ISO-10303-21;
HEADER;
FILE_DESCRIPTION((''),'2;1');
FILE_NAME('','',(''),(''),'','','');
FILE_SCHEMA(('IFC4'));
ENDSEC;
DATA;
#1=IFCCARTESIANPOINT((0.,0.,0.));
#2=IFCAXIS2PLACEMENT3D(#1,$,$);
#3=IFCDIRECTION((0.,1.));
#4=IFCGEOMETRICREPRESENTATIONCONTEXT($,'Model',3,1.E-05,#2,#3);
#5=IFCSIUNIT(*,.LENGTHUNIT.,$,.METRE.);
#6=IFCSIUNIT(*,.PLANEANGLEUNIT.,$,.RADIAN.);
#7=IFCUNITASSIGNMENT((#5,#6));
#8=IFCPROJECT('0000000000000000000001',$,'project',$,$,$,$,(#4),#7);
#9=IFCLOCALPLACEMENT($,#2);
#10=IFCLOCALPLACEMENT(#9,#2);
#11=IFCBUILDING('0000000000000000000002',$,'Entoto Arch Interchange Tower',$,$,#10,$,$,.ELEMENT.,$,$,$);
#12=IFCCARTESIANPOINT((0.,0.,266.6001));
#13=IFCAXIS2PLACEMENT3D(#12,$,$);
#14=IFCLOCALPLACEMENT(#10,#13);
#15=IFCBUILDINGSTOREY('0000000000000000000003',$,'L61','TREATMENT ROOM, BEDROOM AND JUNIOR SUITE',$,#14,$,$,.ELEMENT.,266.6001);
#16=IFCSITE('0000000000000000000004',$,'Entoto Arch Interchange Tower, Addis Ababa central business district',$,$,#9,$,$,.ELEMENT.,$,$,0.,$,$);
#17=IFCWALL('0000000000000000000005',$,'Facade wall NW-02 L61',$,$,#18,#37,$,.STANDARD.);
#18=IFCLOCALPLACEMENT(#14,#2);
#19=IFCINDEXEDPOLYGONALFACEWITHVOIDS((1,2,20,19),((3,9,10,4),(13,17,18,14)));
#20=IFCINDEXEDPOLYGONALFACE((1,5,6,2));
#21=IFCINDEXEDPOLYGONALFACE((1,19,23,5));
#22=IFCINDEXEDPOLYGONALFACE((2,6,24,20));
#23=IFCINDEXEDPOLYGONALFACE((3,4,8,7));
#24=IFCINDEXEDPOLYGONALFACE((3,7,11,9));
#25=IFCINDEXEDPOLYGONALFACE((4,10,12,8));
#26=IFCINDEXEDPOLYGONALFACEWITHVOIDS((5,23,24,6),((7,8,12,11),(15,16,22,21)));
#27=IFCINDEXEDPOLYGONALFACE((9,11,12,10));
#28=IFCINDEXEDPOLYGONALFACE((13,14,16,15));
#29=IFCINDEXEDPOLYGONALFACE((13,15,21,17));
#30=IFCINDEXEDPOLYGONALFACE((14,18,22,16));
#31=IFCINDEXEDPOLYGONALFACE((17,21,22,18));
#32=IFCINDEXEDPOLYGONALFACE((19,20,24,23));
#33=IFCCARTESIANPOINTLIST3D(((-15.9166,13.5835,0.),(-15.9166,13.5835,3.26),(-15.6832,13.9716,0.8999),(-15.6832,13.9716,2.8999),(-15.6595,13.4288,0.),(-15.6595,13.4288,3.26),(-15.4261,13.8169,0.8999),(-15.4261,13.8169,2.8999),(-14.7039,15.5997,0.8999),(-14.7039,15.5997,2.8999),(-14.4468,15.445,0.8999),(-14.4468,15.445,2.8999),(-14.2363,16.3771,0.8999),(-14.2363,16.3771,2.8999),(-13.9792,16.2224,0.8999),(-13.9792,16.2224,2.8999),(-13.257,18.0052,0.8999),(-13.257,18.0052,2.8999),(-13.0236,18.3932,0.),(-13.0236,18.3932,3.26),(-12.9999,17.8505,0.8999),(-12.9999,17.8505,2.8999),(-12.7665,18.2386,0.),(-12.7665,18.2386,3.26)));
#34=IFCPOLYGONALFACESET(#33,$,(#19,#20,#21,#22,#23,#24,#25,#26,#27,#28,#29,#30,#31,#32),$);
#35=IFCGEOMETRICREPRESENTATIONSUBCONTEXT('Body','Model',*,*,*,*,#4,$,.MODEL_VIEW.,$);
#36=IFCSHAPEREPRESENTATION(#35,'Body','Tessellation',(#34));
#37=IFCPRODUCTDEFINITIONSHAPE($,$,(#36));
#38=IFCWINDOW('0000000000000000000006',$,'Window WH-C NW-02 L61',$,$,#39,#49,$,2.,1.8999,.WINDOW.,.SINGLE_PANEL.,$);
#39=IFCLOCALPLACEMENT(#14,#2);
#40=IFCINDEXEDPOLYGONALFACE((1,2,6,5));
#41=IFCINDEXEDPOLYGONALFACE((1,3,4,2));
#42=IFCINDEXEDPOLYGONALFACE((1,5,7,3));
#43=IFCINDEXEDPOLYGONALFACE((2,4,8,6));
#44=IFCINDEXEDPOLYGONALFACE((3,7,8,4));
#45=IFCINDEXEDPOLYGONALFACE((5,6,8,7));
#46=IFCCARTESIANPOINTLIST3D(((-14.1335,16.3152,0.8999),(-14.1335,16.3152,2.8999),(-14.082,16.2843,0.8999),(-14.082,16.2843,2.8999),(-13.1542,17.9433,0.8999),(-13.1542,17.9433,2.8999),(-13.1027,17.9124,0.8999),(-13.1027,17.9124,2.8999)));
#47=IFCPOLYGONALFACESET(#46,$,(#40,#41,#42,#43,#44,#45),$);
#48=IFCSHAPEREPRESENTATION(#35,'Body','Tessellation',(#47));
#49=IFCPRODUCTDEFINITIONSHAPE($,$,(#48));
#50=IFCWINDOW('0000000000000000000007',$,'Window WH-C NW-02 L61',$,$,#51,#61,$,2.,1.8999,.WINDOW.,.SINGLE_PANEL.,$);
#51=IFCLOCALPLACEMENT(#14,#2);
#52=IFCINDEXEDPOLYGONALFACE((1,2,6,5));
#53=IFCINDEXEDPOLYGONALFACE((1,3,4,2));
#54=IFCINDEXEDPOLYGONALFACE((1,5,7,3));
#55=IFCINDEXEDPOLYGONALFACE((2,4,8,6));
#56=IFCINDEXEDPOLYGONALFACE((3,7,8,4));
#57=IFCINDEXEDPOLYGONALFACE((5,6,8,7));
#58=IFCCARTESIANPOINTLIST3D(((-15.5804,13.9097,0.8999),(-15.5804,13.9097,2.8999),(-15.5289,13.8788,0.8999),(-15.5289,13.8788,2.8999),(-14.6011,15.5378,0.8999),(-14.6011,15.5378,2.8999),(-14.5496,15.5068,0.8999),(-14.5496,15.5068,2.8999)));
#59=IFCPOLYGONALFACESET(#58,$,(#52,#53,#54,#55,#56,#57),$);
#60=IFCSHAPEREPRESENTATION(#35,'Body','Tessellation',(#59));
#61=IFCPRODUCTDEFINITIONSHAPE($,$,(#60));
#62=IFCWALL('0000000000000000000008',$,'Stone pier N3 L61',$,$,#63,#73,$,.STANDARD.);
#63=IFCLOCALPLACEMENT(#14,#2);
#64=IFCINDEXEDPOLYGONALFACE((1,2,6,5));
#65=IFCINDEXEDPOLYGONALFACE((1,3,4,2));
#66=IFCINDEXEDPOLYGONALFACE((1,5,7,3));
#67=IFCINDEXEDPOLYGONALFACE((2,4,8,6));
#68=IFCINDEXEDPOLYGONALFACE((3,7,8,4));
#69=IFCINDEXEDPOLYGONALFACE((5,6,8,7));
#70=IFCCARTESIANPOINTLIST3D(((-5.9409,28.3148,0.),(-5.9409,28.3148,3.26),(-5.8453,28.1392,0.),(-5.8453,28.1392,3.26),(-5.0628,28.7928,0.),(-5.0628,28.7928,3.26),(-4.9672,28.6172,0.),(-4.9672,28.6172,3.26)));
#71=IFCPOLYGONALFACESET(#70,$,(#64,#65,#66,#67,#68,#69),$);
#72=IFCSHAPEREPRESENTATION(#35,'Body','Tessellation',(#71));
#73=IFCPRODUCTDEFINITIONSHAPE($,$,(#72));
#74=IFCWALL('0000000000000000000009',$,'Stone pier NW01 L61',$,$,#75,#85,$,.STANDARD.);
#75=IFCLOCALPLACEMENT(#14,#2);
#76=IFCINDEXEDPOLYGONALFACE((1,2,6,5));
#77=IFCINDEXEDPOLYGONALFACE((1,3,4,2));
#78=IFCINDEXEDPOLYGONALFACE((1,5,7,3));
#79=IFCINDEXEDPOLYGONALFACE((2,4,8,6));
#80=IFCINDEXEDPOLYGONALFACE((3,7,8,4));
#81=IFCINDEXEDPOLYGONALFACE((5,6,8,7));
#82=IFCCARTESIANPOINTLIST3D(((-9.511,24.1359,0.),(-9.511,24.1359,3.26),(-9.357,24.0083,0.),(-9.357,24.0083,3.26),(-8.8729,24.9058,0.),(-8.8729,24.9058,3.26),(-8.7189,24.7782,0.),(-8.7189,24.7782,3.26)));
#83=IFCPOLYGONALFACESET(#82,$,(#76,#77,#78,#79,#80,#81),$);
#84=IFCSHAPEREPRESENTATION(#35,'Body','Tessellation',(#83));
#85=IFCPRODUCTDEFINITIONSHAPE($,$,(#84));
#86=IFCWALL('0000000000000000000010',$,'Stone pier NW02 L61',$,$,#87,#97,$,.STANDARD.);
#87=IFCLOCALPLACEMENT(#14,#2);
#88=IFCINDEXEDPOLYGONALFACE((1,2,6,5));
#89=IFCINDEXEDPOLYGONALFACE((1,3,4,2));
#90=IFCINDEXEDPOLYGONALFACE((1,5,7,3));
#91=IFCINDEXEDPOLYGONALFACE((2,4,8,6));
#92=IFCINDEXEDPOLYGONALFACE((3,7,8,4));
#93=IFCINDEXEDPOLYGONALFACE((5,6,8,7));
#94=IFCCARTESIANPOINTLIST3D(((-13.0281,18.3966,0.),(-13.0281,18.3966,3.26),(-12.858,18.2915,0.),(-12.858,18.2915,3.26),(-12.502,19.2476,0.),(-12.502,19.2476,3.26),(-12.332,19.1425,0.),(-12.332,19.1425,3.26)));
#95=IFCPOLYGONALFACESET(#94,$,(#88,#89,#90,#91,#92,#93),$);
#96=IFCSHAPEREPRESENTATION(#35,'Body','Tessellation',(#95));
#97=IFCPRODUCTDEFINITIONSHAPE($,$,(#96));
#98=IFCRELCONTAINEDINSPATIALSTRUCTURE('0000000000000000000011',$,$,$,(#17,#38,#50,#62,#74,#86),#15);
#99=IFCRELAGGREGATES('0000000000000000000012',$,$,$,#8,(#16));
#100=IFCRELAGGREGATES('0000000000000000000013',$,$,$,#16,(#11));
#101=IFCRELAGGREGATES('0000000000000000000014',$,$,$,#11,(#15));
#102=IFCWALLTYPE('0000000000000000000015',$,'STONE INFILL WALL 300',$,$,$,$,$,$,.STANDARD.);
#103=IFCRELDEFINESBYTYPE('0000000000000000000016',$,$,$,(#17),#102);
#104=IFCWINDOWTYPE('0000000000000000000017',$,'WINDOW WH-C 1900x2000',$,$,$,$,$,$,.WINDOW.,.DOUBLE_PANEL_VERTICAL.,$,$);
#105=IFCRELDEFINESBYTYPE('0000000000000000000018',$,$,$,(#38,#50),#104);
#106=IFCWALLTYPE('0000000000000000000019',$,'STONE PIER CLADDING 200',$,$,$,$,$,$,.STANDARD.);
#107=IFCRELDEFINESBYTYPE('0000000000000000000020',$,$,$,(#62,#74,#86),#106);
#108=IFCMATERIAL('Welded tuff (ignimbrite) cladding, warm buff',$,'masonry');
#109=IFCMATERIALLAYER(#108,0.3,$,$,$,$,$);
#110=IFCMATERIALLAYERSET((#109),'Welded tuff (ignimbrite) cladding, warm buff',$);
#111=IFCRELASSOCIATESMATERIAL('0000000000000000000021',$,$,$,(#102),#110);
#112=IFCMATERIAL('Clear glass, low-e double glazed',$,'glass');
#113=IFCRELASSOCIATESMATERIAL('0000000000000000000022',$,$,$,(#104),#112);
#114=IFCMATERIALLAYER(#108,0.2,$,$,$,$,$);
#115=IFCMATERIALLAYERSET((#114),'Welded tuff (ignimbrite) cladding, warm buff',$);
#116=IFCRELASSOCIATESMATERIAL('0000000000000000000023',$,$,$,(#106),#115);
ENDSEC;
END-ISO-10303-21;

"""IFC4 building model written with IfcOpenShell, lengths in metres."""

from ifc_helpers import new_model, si_unit, direction, frame, frame_2d, origin, place, context, subcontext, project, spatial, rectangle, extrude, material, layer, layer_set, type_object, element, fill, save


model = new_model("IFC4")

# Units and contexts
model_context = context("Model", 3, precision=1e-05, world=origin(), true_north=direction((0.0, 1.0)))
body_context = subcontext(model_context, "Body", "Model", "MODEL_VIEW")
ifc_project = project(units=[si_unit("LENGTHUNIT", "METRE"), si_unit("PLANEANGLEUNIT", "RADIAN")], contexts=[model_context])

# Site, building, storey
site_placement = place(None, origin())
site = spatial("IfcSite", under=ifc_project, at=site_placement, Name="Entoto Arch Interchange Tower, Addis Ababa central business district", CompositionType="ELEMENT", RefElevation=0.0)
building_placement = place(site_placement, origin())
building = spatial("IfcBuilding", under=site, at=building_placement, Name="Entoto Arch Interchange Tower", CompositionType="ELEMENT")
storey_placement = place(building_placement, frame((0.0, 0.0, 266.6001)))
storey = spatial("IfcBuildingStorey", under=building, at=storey_placement, Name="L61", Description="TREATMENT ROOM, BEDROOM AND JUNIOR SUITE", CompositionType="ELEMENT", Elevation=266.6001)

# Shared definitions
ifc_material_1 = material(Name="Welded tuff (ignimbrite) cladding, warm buff", Category="masonry")
ifc_layer_1 = layer(ifc_material_1, 0.3)
ifc_layer_set_1 = layer_set([ifc_layer_1], Name="Welded tuff (ignimbrite) cladding, warm buff")
wall_type_1 = type_object("IfcWallType", Name="STONE INFILL WALL 300", PredefinedType="STANDARD", material=ifc_layer_set_1)
ifc_material_2 = material(Name="Clear glass, low-e double glazed", Category="glass")

# Wall, openings, windows
window_type_1 = type_object("IfcWindowType", Name="WINDOW WH-C 1900x2000", PartitioningType="DOUBLE_PANEL_VERTICAL", PredefinedType="WINDOW", material=ifc_material_2)
wall_1_placement = place(storey_placement, frame((-12.895, 18.3159, 0.0), z_axis=(0.0, 0.0, 1.0), x_axis=(-0.515436, -0.856928, 0.0)))
wall_1 = element("IfcWall", 1, at=wall_1_placement, inside=storey, type_object=wall_type_1, Name="Facade wall NW-02 L61", PredefinedType="STANDARD", context=body_context, shape_type="SweptSolid", body=[
    extrude(rectangle(XDim=5.6128, YDim=0.3, at=frame_2d((2.8064, 0.0))), origin(), (0.0, 0.0, 1.0), 3.26),
])
opening_1_placement = place(wall_1_placement, frame((0.4529, 0.0, 0.8999)))
opening_1 = element("IfcOpeningElement", 2, at=opening_1_placement, cuts=wall_1, PredefinedType="OPENING", context=body_context, shape_type="SweptSolid", body=[
    extrude(rectangle(XDim=1.8999, YDim=2.0, at=frame_2d((0.95, 1.0))), frame((0.0, 0.1602, 0.0), z_axis=(0.0, -1.0, 0.0), x_axis=(1.0, 0.0, 0.0)), (0.0, 0.0, 1.0), 0.3201),
])
opening_2_placement = place(wall_1_placement, frame((3.26, 0.0, 0.8999)))
opening_2 = element("IfcOpeningElement", 3, at=opening_2_placement, cuts=wall_1, PredefinedType="OPENING", context=body_context, shape_type="SweptSolid", body=[
    extrude(rectangle(XDim=1.8999, YDim=2.0, at=frame_2d((0.95, 1.0))), frame((0.0, 0.1602, 0.0), z_axis=(0.0, -1.0, 0.0), x_axis=(1.0, 0.0, 0.0)), (0.0, 0.0, 1.0), 0.3201),
])
window_1_placement = place(opening_1_placement, origin())
window_1 = element("IfcWindow", 4, at=window_1_placement, inside=storey, type_object=window_type_1, Name="Window WH-C NW-02 L61", OverallHeight=2.0, OverallWidth=1.8999, PartitioningType="SINGLE_PANEL", PredefinedType="WINDOW", context=body_context, shape_type="SweptSolid", body=[
    extrude(rectangle(XDim=1.8999, YDim=2.0, at=frame_2d((0.95, 1.0))), frame((0.0, 0.03, 0.0), z_axis=(0.0, -1.0, 0.0), x_axis=(1.0, 0.0, 0.0)), (0.0, 0.0, 1.0), 0.0601),
])
fill(opening_1, window_1)
window_2_placement = place(opening_2_placement, origin())
window_2 = element("IfcWindow", 5, at=window_2_placement, inside=storey, type_object=window_type_1, Name="Window WH-C NW-02 L61", OverallHeight=2.0, OverallWidth=1.8999, PartitioningType="SINGLE_PANEL", PredefinedType="WINDOW", context=body_context, shape_type="SweptSolid", body=[
    extrude(rectangle(XDim=1.8999, YDim=2.0, at=frame_2d((0.95, 1.0))), frame((0.0, 0.03, 0.0), z_axis=(0.0, -1.0, 0.0), x_axis=(1.0, 0.0, 0.0)), (0.0, 0.0, 1.0), 0.0601),
])
fill(opening_2, window_2)

# Walls
ifc_layer_2 = layer(ifc_material_1, 0.2)
ifc_layer_set_2 = layer_set([ifc_layer_2], Name="Welded tuff (ignimbrite) cladding, warm buff")
wall_type_2 = type_object("IfcWallType", Name="STONE PIER CLADDING 200", PredefinedType="STANDARD", material=ifc_layer_set_2)
wall_2_placement = place(storey_placement, frame((-5.0149, 28.7051, 0.0), z_axis=(0.0, 0.0, 1.0), x_axis=(-0.878306, -0.478099, 0.0)))
element("IfcWall", 6, at=wall_2_placement, inside=storey, type_object=wall_type_2, Name="Stone pier N3 L61", PredefinedType="STANDARD", context=body_context, shape_type="SweptSolid", body=[
    extrude(rectangle(XDim=0.9998, YDim=0.2, at=frame_2d((0.5, 0.0))), origin(), (0.0, 0.0, 1.0), 3.26),
])
wall_3_placement = place(storey_placement, frame((-8.7959, 24.842, 0.0), z_axis=(0.0, 0.0, 1.0), x_axis=(-0.638117, -0.769939, 0.0)))
element("IfcWall", 7, at=wall_3_placement, inside=storey, type_object=wall_type_2, Name="Stone pier NW01 L61", PredefinedType="STANDARD", context=body_context, shape_type="SweptSolid", body=[
    extrude(rectangle(XDim=1.0, YDim=0.2, at=frame_2d((0.5, 0.0))), origin(), (0.0, 0.0, 1.0), 3.26),
])
wall_4_placement = place(storey_placement, frame((-12.417, 19.1951, 0.0), z_axis=(0.0, 0.0, 1.0), x_axis=(-0.525825, -0.850593, 0.0)))
element("IfcWall", 8, at=wall_4_placement, inside=storey, type_object=wall_type_2, Name="Stone pier NW02 L61", PredefinedType="STANDARD", context=body_context, shape_type="SweptSolid", body=[
    extrude(rectangle(XDim=1.0005, YDim=0.2, at=frame_2d((0.5002, 0.0))), origin(), (0.0, 0.0, 1.0), 3.26),
])

save(model, "model.ifc")
